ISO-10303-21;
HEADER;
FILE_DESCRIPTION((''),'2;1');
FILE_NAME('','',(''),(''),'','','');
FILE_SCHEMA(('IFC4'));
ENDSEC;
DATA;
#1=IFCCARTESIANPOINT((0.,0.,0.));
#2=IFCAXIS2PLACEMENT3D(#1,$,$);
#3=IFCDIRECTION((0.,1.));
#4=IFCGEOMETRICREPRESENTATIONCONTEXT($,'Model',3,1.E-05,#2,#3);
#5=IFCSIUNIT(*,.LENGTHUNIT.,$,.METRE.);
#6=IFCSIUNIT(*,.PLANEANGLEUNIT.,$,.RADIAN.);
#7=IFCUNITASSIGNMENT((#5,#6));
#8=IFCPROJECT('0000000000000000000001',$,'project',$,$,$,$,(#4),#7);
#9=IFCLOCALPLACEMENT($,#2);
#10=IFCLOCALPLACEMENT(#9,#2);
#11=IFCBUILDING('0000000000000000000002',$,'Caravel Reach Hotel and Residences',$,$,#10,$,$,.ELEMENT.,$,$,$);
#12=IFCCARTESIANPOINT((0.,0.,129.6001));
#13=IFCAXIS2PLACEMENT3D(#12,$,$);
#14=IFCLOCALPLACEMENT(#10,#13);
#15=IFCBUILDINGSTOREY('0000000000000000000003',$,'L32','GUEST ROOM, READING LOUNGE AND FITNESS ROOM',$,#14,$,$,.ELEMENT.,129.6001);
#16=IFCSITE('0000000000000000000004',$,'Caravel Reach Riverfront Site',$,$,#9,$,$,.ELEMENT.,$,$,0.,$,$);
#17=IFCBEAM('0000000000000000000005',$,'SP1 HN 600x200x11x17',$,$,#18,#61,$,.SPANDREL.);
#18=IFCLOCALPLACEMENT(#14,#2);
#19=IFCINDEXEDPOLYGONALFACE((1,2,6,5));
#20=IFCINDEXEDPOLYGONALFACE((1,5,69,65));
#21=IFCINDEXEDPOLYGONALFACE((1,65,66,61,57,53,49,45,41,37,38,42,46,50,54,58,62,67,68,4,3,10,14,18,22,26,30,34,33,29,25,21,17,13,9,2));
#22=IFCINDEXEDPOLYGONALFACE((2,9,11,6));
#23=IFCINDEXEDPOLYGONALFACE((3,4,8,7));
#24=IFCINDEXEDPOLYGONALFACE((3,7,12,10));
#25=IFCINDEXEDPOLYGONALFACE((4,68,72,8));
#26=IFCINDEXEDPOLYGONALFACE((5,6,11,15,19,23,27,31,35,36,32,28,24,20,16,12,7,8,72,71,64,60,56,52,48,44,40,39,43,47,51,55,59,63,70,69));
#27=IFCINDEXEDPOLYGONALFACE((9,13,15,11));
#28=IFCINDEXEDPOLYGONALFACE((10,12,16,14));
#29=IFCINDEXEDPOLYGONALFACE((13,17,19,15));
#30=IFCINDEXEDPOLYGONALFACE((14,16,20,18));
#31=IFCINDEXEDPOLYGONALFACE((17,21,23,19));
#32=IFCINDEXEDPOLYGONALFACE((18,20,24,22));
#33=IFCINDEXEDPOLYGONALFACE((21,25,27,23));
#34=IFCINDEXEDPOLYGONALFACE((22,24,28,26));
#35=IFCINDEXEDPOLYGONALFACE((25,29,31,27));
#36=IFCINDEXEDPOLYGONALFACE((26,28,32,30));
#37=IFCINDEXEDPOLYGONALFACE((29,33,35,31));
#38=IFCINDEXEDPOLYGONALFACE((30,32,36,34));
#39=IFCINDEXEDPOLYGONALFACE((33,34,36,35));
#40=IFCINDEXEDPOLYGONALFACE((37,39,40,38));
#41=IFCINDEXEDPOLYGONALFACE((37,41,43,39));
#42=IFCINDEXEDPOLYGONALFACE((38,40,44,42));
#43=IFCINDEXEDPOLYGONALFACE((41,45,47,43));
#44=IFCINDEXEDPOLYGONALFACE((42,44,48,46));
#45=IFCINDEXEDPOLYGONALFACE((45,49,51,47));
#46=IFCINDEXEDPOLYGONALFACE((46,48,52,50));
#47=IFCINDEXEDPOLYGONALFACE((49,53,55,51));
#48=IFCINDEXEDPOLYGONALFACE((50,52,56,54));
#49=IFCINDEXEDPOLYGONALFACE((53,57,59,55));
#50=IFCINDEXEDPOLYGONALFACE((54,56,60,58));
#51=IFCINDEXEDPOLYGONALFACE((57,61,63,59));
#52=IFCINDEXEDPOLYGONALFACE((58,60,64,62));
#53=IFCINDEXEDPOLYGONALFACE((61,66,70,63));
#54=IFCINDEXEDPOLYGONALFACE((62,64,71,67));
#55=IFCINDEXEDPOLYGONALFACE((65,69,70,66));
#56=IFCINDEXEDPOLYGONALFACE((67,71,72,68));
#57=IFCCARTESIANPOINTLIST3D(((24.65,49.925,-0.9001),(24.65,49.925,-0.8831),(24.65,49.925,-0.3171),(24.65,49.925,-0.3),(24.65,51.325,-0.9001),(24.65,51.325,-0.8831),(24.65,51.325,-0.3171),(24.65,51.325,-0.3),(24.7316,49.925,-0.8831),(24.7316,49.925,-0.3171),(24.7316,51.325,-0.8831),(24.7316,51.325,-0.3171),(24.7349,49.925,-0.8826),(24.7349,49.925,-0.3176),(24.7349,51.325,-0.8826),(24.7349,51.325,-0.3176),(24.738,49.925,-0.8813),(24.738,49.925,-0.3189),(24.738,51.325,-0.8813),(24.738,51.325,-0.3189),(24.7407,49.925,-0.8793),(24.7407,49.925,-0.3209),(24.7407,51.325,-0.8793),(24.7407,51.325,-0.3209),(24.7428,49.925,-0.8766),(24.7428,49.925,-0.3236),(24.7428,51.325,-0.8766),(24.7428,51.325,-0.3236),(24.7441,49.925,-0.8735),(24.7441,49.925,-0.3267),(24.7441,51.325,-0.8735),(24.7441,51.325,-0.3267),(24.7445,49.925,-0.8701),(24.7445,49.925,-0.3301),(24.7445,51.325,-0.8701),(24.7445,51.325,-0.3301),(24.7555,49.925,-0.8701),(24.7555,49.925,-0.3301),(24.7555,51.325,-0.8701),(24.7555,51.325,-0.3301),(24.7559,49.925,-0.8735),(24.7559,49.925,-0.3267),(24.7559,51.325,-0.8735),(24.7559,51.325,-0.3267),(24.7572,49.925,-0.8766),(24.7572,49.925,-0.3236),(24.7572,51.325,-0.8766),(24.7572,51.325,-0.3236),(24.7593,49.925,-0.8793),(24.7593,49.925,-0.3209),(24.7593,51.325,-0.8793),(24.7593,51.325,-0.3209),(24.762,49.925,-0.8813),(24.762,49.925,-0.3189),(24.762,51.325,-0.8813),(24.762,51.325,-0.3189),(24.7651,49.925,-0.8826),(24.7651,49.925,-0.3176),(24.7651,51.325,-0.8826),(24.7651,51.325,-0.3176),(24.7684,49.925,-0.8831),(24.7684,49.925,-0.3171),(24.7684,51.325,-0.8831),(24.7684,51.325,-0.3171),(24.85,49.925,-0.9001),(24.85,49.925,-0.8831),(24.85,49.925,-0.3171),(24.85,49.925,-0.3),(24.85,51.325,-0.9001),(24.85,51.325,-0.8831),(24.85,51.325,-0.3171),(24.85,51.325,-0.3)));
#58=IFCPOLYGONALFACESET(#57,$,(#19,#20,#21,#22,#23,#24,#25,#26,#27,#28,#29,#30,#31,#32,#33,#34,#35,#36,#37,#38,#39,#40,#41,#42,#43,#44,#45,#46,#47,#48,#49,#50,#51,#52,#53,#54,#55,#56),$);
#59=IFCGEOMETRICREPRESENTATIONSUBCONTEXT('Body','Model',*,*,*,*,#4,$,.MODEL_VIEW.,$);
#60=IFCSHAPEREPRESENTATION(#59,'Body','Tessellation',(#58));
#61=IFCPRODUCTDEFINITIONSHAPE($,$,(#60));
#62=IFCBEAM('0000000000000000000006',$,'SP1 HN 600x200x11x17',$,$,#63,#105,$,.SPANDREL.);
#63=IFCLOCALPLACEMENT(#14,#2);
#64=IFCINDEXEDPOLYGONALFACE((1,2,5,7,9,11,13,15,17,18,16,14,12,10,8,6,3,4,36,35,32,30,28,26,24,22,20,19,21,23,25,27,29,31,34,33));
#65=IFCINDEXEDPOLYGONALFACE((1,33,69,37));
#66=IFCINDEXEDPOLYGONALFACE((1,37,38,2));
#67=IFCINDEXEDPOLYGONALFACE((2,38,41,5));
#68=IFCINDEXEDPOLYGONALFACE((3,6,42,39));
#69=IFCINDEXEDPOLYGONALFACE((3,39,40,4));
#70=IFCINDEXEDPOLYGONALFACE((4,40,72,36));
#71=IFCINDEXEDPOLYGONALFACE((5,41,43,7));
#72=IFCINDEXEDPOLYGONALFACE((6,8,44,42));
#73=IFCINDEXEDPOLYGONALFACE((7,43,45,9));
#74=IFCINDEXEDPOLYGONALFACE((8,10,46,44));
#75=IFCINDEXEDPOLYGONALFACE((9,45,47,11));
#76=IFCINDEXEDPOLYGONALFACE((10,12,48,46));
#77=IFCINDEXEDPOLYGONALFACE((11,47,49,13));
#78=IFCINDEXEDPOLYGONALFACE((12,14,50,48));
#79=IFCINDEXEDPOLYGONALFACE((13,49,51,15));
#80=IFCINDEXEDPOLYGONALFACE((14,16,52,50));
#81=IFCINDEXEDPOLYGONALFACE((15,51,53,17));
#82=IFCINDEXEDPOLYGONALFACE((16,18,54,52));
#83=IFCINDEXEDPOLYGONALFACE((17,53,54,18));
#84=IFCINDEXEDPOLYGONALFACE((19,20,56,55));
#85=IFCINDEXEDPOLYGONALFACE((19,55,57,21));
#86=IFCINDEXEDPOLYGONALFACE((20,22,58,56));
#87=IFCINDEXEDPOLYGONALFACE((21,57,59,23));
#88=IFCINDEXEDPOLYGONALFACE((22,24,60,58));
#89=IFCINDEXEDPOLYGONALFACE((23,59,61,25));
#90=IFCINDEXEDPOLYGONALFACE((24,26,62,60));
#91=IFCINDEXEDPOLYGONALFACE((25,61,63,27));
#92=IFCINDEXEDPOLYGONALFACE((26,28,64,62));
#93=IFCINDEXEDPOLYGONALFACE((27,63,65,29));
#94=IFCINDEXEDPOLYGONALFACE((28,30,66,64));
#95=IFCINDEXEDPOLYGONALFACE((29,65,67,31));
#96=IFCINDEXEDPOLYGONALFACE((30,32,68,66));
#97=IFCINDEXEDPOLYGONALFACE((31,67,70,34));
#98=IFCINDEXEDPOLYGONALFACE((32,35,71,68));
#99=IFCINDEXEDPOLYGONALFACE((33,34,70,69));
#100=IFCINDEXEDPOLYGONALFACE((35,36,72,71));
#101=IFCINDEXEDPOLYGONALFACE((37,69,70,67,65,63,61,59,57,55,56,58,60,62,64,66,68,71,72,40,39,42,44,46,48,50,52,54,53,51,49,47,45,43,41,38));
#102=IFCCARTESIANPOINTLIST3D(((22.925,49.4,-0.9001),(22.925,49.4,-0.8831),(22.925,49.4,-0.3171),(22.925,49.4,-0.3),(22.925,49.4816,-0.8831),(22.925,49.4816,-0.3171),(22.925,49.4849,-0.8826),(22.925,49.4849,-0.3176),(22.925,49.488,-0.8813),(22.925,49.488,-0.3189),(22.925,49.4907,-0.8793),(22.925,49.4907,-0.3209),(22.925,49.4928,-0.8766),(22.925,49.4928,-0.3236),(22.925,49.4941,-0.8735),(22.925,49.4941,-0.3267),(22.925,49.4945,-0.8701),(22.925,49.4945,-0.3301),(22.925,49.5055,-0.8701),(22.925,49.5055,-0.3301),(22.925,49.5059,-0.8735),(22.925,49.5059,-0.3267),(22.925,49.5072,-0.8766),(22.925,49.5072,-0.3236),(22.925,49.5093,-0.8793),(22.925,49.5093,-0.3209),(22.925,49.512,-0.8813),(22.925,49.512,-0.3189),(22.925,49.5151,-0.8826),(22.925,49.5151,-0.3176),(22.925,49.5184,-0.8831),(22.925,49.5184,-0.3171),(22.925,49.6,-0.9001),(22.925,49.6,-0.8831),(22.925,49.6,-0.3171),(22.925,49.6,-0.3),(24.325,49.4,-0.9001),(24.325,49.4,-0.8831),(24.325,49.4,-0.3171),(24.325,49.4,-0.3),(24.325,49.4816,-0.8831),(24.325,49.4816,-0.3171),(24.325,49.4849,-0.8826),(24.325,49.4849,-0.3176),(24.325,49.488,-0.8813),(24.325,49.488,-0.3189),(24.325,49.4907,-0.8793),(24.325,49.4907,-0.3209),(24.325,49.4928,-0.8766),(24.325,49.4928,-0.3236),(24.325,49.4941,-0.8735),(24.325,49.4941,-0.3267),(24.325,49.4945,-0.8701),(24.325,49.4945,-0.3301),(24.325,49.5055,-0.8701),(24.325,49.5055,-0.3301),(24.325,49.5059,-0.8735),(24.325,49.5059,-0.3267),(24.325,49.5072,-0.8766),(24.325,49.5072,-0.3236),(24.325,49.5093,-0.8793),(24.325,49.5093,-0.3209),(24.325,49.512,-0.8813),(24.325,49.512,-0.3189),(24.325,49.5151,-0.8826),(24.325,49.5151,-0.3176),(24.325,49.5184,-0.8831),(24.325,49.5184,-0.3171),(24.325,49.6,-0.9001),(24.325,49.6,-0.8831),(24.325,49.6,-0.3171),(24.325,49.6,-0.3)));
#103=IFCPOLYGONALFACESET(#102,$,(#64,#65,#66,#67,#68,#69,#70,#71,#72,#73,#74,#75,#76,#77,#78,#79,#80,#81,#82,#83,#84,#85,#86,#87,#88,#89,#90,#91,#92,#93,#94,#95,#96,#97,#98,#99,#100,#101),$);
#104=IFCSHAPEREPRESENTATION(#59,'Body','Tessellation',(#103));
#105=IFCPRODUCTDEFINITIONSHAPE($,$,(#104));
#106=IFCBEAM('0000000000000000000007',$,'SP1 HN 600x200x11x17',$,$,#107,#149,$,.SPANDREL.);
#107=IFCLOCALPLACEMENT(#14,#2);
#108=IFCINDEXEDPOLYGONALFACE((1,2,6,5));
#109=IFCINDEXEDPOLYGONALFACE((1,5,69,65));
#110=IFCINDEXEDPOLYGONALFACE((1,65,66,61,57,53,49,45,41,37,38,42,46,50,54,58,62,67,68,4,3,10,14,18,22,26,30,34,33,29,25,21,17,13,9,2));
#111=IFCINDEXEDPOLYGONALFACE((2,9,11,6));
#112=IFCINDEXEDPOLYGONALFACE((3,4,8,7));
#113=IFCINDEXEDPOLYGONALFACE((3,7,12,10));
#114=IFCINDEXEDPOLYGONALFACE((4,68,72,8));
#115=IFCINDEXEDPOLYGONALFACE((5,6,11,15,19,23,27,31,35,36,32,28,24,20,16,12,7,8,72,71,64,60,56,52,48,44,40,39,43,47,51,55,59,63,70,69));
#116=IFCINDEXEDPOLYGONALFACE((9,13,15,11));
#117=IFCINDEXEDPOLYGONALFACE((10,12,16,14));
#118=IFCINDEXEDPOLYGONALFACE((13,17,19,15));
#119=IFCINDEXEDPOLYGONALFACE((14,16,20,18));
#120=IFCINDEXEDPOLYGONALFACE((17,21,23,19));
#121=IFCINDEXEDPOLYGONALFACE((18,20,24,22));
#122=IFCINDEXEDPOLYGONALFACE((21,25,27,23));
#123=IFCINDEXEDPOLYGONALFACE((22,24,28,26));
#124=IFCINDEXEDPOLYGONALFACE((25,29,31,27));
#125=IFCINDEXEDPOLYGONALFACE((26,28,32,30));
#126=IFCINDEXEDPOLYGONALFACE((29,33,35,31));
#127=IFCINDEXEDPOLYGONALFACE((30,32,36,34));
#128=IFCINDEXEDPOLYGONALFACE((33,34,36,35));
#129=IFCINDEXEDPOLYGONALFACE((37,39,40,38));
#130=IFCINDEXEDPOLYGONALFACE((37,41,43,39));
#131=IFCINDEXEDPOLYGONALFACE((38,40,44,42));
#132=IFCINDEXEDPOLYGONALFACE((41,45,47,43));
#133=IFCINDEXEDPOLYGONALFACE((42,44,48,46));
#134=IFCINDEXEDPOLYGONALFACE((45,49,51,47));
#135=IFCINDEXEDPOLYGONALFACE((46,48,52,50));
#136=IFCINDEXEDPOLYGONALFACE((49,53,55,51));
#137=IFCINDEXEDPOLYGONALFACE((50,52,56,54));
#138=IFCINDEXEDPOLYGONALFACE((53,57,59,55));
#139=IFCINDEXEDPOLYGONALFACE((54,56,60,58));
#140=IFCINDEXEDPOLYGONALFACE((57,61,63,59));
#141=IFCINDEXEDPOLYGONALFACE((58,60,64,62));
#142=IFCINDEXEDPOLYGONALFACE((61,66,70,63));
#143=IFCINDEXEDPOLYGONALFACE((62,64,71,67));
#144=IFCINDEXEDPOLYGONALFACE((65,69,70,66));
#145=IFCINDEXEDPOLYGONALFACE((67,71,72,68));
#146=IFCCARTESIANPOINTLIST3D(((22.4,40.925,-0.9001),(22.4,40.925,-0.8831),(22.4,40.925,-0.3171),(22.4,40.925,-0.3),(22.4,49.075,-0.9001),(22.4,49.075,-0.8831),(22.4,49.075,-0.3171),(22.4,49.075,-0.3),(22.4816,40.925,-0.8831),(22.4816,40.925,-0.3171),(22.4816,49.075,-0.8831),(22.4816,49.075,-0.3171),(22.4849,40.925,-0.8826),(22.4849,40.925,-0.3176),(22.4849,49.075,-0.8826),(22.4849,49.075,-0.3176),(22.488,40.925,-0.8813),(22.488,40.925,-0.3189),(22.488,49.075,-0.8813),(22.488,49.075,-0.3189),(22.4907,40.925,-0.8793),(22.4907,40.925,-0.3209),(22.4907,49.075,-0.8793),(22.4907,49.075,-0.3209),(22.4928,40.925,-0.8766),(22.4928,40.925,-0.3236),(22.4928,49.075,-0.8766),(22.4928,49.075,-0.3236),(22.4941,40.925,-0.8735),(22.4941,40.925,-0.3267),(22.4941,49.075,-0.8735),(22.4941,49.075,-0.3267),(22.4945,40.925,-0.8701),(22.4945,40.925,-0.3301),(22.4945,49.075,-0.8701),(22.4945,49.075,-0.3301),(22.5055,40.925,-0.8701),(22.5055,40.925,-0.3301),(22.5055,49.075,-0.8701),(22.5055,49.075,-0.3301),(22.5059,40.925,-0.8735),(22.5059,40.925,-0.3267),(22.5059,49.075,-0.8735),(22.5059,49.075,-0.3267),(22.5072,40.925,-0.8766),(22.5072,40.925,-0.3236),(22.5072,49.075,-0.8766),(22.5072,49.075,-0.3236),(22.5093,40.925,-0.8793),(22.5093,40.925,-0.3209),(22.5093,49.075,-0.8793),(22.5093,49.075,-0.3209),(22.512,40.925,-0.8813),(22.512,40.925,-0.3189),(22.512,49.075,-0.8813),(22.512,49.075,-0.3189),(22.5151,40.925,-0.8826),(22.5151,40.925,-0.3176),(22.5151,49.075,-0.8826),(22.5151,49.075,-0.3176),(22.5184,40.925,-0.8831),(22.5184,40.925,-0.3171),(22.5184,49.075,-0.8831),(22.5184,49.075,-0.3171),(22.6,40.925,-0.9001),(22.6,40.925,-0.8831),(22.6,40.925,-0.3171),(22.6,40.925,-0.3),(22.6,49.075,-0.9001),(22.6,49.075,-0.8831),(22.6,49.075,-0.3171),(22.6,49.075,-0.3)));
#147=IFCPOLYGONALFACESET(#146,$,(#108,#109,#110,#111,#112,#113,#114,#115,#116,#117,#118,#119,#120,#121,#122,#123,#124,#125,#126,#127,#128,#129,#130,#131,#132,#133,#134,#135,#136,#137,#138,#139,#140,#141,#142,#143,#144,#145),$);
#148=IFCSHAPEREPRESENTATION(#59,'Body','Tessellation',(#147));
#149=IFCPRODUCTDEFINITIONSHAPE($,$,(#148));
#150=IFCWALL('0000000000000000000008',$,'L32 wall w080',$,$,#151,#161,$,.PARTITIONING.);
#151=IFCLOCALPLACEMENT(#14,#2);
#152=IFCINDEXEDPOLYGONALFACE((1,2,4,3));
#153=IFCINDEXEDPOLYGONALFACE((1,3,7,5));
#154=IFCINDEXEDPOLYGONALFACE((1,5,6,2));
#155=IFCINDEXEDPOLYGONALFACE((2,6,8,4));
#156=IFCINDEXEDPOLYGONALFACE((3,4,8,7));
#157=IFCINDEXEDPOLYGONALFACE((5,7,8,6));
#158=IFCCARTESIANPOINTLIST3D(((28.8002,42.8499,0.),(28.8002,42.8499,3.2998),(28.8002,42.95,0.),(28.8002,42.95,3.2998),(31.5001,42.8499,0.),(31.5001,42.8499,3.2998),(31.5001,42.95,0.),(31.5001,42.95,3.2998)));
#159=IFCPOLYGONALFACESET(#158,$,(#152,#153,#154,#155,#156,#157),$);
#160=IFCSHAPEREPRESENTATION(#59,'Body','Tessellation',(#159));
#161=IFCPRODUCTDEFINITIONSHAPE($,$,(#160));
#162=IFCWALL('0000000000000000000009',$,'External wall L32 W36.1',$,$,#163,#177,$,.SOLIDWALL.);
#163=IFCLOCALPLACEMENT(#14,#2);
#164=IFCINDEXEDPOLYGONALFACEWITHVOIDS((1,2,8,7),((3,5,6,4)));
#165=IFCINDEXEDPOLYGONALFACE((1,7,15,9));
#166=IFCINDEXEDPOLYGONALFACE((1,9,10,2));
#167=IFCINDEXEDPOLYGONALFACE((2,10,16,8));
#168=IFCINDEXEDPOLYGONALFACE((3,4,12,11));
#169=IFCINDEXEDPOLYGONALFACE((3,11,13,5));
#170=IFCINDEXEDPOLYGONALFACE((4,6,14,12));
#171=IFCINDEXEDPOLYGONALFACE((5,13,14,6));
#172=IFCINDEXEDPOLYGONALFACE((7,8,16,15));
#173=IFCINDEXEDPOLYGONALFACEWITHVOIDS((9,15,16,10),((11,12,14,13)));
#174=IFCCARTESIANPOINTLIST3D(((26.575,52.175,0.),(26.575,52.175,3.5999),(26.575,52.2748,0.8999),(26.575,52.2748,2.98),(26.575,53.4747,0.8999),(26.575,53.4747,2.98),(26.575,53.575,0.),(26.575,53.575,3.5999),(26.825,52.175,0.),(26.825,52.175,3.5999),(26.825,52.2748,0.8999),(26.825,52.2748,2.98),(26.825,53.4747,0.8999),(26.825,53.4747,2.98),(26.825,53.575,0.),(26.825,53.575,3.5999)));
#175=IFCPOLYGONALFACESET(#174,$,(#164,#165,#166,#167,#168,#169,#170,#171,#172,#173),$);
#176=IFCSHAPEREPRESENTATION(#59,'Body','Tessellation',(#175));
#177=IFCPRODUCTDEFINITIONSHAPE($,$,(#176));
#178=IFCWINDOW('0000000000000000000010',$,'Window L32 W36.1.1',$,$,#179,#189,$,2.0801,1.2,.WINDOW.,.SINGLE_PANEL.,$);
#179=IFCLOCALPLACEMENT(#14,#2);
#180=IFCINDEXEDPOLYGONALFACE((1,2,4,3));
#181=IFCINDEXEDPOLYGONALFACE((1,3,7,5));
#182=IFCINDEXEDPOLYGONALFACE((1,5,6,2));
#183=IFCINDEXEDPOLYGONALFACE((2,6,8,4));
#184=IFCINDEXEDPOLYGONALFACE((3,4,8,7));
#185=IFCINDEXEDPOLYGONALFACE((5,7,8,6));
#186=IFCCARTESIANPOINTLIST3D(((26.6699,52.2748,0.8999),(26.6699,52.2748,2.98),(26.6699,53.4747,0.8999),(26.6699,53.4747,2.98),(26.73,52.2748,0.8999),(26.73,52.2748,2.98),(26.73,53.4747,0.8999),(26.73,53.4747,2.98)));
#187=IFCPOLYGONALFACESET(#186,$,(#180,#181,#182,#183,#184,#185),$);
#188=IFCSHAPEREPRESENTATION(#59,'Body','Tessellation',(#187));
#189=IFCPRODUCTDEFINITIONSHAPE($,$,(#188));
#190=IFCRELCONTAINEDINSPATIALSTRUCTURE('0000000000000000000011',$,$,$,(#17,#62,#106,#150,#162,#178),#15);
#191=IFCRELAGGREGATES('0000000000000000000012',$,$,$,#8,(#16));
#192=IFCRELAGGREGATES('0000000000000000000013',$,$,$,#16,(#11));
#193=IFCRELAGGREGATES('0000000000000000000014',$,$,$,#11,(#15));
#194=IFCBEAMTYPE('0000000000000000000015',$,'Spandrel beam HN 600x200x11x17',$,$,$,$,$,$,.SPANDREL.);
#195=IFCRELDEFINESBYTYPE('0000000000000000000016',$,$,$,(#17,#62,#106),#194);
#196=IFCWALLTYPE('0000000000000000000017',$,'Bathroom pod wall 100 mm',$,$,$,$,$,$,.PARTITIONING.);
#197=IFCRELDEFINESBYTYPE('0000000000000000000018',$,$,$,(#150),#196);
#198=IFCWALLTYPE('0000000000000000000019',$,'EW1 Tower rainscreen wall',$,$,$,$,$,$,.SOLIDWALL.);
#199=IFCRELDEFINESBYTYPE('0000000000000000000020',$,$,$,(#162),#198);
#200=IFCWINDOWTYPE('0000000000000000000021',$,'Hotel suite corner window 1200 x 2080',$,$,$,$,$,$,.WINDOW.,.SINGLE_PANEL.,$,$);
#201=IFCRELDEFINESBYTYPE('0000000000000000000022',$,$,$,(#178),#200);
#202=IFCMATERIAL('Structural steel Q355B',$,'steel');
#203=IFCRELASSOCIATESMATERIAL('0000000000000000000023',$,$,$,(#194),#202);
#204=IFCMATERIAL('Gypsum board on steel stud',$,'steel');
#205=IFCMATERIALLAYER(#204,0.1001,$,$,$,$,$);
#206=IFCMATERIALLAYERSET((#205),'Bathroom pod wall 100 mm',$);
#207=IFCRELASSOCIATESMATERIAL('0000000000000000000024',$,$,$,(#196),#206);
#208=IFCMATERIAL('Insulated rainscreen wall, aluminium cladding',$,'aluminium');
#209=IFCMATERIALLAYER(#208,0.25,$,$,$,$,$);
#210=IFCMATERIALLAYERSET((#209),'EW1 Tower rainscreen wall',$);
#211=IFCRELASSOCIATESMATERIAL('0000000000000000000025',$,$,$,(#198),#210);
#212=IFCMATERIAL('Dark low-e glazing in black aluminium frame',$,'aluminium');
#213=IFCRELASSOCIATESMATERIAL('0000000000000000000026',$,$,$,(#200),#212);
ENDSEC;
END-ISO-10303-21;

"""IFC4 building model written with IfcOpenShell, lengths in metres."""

from ifc_helpers import new_model, si_unit, direction, frame, frame_2d, origin, origin_2d, place, context, subcontext, project, spatial, rectangle, i_section, extrude, material, layer, layer_set, material_profile, profile_set, type_object, element, fill, save


model = new_model("IFC4")

# Units and contexts
model_context = context("Model", 3, precision=1e-05, world=origin(), true_north=direction((0.0, 1.0)))
body_context = subcontext(model_context, "Body", "Model", "MODEL_VIEW")
ifc_project = project(units=[si_unit("LENGTHUNIT", "METRE"), si_unit("PLANEANGLEUNIT", "RADIAN")], contexts=[model_context])

# Site, building, storey
site_placement = place(None, origin())
site = spatial("IfcSite", under=ifc_project, at=site_placement, Name="Caravel Reach Riverfront Site", CompositionType="ELEMENT", RefElevation=0.0)
building_placement = place(site_placement, origin())
building = spatial("IfcBuilding", under=site, at=building_placement, Name="Caravel Reach Hotel and Residences", CompositionType="ELEMENT")
storey_placement = place(building_placement, frame((0.0, 0.0, 129.6001)))
storey = spatial("IfcBuildingStorey", under=building, at=storey_placement, Name="L32", Description="GUEST ROOM, READING LOUNGE AND FITNESS ROOM", CompositionType="ELEMENT", Elevation=129.6001)

# Beams
ifc_material_1 = material(Name="Structural steel Q355B", Category="steel")
ifc_material_profile_1 = material_profile(ifc_material_1, i_section(OverallWidth=0.2, OverallDepth=0.6001, WebThickness=0.011, FlangeThickness=0.0171, FilletRadius=0.0129, at=origin_2d()), Name="HN 600x200x11x17")
ifc_profile_set_1 = profile_set([ifc_material_profile_1], Name="Structural steel Q355B")
beam_type = type_object("IfcBeamType", Name="Spandrel beam HN 600x200x11x17", PredefinedType="SPANDREL", material=ifc_profile_set_1)
for number, where, z_axis, x_axis, name in (
    (1, (24.75, 51.325, -0.6001), (0.0, -1.0, 0.0), (1.0, 0.0, 0.0), "SP1 HN 600x200x11x17"),
    (2, (24.325, 49.5, -0.6001), (-1.0, 0.0, 0.0), (0.0, -1.0, 0.0), "SP1 HN 600x200x11x17"),
):
    element("IfcBeam", number, at=place(storey_placement, frame(where, z_axis=z_axis, x_axis=x_axis)), inside=storey, type_object=beam_type, Name=name, PredefinedType="SPANDREL", context=body_context, shape_type="SweptSolid", body=[
        extrude(i_section(OverallWidth=0.2, OverallDepth=0.6001, WebThickness=0.011, FlangeThickness=0.0171, FilletRadius=0.0129, at=origin_2d()), origin(), (0.0, 0.0, 1.0), 1.3999),
    ])
beam_placement = place(storey_placement, frame((22.5, 49.075, -0.6001), z_axis=(0.0, -1.0, 0.0), x_axis=(1.0, 0.0, 0.0)))
element("IfcBeam", 3, at=beam_placement, inside=storey, type_object=beam_type, Name="SP1 HN 600x200x11x17", PredefinedType="SPANDREL", context=body_context, shape_type="SweptSolid", body=[
    extrude(i_section(OverallWidth=0.2, OverallDepth=0.6001, WebThickness=0.011, FlangeThickness=0.0171, FilletRadius=0.0129, at=origin_2d()), origin(), (0.0, 0.0, 1.0), 8.1499),
])

# Wall
ifc_material_2 = material(Name="Gypsum board on steel stud", Category="steel")
ifc_layer_1 = layer(ifc_material_2, 0.1001)
ifc_layer_set_1 = layer_set([ifc_layer_1], Name="Bathroom pod wall 100 mm")
wall_type_1 = type_object("IfcWallType", Name="Bathroom pod wall 100 mm", PredefinedType="PARTITIONING", material=ifc_layer_set_1)
wall_1_placement = place(storey_placement, frame((28.8, 42.8999, 0.0), z_axis=(0.0, 0.0, 1.0), x_axis=(1.0, 0.0, 0.0)))
element("IfcWall", 4, at=wall_1_placement, inside=storey, type_object=wall_type_1, Name="L32 wall w080", PredefinedType="PARTITIONING", context=body_context, shape_type="SweptSolid", body=[
    extrude(rectangle(XDim=2.7, YDim=0.1001, at=frame_2d((1.3501, 0.0))), origin(), (0.0, 0.0, 1.0), 3.2998),
])

# Wall, opening, window
ifc_material_3 = material(Name="Insulated rainscreen wall, aluminium cladding", Category="aluminium")
ifc_layer_2 = layer(ifc_material_3, 0.25)
ifc_layer_set_2 = layer_set([ifc_layer_2], Name="EW1 Tower rainscreen wall")
wall_type_2 = type_object("IfcWallType", Name="EW1 Tower rainscreen wall", PredefinedType="SOLIDWALL", material=ifc_layer_set_2)
wall_2_placement = place(storey_placement, frame((26.7, 53.575, 0.0), z_axis=(0.0, 0.0, 1.0), x_axis=(0.0, -1.0, 0.0)))
wall_2 = element("IfcWall", 5, at=wall_2_placement, inside=storey, type_object=wall_type_2, Name="External wall L32 W36.1", PredefinedType="SOLIDWALL", context=body_context, shape_type="SweptSolid", body=[
    extrude(rectangle(XDim=1.3999, YDim=0.25, at=frame_2d((0.7, 0.0))), origin(), (0.0, 0.0, 1.0), 3.5999),
])
opening_1_placement = place(wall_2_placement, frame((0.1001, 0.0, 0.8999)))
opening_1 = element("IfcOpeningElement", 6, at=opening_1_placement, cuts=wall_2, PredefinedType="OPENING", context=body_context, shape_type="SweptSolid", body=[
    extrude(rectangle(XDim=1.2, YDim=2.0801, at=frame_2d((0.6001, 1.04))), frame((0.0, 0.135, 0.0), z_axis=(0.0, -1.0, 0.0), x_axis=(1.0, 0.0, 0.0)), (0.0, 0.0, 1.0), 0.27),
])
ifc_material_4 = material(Name="Dark low-e glazing in black aluminium frame", Category="aluminium")
window_type_1 = type_object("IfcWindowType", Name="Hotel suite corner window 1200 x 2080", PartitioningType="SINGLE_PANEL", PredefinedType="WINDOW", material=ifc_material_4)
window_1_placement = place(opening_1_placement, origin())
window_1 = element("IfcWindow", 7, at=window_1_placement, inside=storey, type_object=window_type_1, Name="Window L32 W36.1.1", OverallHeight=2.0801, OverallWidth=1.2, PartitioningType="SINGLE_PANEL", PredefinedType="WINDOW", context=body_context, shape_type="SweptSolid", body=[
    extrude(rectangle(XDim=1.2, YDim=2.0801, at=frame_2d((0.6001, 1.04))), frame((0.0, 0.03, 0.0), z_axis=(0.0, -1.0, 0.0), x_axis=(1.0, 0.0, 0.0)), (0.0, 0.0, 1.0), 0.0601),
])
fill(opening_1, window_1)

save(model, "model.ifc")
